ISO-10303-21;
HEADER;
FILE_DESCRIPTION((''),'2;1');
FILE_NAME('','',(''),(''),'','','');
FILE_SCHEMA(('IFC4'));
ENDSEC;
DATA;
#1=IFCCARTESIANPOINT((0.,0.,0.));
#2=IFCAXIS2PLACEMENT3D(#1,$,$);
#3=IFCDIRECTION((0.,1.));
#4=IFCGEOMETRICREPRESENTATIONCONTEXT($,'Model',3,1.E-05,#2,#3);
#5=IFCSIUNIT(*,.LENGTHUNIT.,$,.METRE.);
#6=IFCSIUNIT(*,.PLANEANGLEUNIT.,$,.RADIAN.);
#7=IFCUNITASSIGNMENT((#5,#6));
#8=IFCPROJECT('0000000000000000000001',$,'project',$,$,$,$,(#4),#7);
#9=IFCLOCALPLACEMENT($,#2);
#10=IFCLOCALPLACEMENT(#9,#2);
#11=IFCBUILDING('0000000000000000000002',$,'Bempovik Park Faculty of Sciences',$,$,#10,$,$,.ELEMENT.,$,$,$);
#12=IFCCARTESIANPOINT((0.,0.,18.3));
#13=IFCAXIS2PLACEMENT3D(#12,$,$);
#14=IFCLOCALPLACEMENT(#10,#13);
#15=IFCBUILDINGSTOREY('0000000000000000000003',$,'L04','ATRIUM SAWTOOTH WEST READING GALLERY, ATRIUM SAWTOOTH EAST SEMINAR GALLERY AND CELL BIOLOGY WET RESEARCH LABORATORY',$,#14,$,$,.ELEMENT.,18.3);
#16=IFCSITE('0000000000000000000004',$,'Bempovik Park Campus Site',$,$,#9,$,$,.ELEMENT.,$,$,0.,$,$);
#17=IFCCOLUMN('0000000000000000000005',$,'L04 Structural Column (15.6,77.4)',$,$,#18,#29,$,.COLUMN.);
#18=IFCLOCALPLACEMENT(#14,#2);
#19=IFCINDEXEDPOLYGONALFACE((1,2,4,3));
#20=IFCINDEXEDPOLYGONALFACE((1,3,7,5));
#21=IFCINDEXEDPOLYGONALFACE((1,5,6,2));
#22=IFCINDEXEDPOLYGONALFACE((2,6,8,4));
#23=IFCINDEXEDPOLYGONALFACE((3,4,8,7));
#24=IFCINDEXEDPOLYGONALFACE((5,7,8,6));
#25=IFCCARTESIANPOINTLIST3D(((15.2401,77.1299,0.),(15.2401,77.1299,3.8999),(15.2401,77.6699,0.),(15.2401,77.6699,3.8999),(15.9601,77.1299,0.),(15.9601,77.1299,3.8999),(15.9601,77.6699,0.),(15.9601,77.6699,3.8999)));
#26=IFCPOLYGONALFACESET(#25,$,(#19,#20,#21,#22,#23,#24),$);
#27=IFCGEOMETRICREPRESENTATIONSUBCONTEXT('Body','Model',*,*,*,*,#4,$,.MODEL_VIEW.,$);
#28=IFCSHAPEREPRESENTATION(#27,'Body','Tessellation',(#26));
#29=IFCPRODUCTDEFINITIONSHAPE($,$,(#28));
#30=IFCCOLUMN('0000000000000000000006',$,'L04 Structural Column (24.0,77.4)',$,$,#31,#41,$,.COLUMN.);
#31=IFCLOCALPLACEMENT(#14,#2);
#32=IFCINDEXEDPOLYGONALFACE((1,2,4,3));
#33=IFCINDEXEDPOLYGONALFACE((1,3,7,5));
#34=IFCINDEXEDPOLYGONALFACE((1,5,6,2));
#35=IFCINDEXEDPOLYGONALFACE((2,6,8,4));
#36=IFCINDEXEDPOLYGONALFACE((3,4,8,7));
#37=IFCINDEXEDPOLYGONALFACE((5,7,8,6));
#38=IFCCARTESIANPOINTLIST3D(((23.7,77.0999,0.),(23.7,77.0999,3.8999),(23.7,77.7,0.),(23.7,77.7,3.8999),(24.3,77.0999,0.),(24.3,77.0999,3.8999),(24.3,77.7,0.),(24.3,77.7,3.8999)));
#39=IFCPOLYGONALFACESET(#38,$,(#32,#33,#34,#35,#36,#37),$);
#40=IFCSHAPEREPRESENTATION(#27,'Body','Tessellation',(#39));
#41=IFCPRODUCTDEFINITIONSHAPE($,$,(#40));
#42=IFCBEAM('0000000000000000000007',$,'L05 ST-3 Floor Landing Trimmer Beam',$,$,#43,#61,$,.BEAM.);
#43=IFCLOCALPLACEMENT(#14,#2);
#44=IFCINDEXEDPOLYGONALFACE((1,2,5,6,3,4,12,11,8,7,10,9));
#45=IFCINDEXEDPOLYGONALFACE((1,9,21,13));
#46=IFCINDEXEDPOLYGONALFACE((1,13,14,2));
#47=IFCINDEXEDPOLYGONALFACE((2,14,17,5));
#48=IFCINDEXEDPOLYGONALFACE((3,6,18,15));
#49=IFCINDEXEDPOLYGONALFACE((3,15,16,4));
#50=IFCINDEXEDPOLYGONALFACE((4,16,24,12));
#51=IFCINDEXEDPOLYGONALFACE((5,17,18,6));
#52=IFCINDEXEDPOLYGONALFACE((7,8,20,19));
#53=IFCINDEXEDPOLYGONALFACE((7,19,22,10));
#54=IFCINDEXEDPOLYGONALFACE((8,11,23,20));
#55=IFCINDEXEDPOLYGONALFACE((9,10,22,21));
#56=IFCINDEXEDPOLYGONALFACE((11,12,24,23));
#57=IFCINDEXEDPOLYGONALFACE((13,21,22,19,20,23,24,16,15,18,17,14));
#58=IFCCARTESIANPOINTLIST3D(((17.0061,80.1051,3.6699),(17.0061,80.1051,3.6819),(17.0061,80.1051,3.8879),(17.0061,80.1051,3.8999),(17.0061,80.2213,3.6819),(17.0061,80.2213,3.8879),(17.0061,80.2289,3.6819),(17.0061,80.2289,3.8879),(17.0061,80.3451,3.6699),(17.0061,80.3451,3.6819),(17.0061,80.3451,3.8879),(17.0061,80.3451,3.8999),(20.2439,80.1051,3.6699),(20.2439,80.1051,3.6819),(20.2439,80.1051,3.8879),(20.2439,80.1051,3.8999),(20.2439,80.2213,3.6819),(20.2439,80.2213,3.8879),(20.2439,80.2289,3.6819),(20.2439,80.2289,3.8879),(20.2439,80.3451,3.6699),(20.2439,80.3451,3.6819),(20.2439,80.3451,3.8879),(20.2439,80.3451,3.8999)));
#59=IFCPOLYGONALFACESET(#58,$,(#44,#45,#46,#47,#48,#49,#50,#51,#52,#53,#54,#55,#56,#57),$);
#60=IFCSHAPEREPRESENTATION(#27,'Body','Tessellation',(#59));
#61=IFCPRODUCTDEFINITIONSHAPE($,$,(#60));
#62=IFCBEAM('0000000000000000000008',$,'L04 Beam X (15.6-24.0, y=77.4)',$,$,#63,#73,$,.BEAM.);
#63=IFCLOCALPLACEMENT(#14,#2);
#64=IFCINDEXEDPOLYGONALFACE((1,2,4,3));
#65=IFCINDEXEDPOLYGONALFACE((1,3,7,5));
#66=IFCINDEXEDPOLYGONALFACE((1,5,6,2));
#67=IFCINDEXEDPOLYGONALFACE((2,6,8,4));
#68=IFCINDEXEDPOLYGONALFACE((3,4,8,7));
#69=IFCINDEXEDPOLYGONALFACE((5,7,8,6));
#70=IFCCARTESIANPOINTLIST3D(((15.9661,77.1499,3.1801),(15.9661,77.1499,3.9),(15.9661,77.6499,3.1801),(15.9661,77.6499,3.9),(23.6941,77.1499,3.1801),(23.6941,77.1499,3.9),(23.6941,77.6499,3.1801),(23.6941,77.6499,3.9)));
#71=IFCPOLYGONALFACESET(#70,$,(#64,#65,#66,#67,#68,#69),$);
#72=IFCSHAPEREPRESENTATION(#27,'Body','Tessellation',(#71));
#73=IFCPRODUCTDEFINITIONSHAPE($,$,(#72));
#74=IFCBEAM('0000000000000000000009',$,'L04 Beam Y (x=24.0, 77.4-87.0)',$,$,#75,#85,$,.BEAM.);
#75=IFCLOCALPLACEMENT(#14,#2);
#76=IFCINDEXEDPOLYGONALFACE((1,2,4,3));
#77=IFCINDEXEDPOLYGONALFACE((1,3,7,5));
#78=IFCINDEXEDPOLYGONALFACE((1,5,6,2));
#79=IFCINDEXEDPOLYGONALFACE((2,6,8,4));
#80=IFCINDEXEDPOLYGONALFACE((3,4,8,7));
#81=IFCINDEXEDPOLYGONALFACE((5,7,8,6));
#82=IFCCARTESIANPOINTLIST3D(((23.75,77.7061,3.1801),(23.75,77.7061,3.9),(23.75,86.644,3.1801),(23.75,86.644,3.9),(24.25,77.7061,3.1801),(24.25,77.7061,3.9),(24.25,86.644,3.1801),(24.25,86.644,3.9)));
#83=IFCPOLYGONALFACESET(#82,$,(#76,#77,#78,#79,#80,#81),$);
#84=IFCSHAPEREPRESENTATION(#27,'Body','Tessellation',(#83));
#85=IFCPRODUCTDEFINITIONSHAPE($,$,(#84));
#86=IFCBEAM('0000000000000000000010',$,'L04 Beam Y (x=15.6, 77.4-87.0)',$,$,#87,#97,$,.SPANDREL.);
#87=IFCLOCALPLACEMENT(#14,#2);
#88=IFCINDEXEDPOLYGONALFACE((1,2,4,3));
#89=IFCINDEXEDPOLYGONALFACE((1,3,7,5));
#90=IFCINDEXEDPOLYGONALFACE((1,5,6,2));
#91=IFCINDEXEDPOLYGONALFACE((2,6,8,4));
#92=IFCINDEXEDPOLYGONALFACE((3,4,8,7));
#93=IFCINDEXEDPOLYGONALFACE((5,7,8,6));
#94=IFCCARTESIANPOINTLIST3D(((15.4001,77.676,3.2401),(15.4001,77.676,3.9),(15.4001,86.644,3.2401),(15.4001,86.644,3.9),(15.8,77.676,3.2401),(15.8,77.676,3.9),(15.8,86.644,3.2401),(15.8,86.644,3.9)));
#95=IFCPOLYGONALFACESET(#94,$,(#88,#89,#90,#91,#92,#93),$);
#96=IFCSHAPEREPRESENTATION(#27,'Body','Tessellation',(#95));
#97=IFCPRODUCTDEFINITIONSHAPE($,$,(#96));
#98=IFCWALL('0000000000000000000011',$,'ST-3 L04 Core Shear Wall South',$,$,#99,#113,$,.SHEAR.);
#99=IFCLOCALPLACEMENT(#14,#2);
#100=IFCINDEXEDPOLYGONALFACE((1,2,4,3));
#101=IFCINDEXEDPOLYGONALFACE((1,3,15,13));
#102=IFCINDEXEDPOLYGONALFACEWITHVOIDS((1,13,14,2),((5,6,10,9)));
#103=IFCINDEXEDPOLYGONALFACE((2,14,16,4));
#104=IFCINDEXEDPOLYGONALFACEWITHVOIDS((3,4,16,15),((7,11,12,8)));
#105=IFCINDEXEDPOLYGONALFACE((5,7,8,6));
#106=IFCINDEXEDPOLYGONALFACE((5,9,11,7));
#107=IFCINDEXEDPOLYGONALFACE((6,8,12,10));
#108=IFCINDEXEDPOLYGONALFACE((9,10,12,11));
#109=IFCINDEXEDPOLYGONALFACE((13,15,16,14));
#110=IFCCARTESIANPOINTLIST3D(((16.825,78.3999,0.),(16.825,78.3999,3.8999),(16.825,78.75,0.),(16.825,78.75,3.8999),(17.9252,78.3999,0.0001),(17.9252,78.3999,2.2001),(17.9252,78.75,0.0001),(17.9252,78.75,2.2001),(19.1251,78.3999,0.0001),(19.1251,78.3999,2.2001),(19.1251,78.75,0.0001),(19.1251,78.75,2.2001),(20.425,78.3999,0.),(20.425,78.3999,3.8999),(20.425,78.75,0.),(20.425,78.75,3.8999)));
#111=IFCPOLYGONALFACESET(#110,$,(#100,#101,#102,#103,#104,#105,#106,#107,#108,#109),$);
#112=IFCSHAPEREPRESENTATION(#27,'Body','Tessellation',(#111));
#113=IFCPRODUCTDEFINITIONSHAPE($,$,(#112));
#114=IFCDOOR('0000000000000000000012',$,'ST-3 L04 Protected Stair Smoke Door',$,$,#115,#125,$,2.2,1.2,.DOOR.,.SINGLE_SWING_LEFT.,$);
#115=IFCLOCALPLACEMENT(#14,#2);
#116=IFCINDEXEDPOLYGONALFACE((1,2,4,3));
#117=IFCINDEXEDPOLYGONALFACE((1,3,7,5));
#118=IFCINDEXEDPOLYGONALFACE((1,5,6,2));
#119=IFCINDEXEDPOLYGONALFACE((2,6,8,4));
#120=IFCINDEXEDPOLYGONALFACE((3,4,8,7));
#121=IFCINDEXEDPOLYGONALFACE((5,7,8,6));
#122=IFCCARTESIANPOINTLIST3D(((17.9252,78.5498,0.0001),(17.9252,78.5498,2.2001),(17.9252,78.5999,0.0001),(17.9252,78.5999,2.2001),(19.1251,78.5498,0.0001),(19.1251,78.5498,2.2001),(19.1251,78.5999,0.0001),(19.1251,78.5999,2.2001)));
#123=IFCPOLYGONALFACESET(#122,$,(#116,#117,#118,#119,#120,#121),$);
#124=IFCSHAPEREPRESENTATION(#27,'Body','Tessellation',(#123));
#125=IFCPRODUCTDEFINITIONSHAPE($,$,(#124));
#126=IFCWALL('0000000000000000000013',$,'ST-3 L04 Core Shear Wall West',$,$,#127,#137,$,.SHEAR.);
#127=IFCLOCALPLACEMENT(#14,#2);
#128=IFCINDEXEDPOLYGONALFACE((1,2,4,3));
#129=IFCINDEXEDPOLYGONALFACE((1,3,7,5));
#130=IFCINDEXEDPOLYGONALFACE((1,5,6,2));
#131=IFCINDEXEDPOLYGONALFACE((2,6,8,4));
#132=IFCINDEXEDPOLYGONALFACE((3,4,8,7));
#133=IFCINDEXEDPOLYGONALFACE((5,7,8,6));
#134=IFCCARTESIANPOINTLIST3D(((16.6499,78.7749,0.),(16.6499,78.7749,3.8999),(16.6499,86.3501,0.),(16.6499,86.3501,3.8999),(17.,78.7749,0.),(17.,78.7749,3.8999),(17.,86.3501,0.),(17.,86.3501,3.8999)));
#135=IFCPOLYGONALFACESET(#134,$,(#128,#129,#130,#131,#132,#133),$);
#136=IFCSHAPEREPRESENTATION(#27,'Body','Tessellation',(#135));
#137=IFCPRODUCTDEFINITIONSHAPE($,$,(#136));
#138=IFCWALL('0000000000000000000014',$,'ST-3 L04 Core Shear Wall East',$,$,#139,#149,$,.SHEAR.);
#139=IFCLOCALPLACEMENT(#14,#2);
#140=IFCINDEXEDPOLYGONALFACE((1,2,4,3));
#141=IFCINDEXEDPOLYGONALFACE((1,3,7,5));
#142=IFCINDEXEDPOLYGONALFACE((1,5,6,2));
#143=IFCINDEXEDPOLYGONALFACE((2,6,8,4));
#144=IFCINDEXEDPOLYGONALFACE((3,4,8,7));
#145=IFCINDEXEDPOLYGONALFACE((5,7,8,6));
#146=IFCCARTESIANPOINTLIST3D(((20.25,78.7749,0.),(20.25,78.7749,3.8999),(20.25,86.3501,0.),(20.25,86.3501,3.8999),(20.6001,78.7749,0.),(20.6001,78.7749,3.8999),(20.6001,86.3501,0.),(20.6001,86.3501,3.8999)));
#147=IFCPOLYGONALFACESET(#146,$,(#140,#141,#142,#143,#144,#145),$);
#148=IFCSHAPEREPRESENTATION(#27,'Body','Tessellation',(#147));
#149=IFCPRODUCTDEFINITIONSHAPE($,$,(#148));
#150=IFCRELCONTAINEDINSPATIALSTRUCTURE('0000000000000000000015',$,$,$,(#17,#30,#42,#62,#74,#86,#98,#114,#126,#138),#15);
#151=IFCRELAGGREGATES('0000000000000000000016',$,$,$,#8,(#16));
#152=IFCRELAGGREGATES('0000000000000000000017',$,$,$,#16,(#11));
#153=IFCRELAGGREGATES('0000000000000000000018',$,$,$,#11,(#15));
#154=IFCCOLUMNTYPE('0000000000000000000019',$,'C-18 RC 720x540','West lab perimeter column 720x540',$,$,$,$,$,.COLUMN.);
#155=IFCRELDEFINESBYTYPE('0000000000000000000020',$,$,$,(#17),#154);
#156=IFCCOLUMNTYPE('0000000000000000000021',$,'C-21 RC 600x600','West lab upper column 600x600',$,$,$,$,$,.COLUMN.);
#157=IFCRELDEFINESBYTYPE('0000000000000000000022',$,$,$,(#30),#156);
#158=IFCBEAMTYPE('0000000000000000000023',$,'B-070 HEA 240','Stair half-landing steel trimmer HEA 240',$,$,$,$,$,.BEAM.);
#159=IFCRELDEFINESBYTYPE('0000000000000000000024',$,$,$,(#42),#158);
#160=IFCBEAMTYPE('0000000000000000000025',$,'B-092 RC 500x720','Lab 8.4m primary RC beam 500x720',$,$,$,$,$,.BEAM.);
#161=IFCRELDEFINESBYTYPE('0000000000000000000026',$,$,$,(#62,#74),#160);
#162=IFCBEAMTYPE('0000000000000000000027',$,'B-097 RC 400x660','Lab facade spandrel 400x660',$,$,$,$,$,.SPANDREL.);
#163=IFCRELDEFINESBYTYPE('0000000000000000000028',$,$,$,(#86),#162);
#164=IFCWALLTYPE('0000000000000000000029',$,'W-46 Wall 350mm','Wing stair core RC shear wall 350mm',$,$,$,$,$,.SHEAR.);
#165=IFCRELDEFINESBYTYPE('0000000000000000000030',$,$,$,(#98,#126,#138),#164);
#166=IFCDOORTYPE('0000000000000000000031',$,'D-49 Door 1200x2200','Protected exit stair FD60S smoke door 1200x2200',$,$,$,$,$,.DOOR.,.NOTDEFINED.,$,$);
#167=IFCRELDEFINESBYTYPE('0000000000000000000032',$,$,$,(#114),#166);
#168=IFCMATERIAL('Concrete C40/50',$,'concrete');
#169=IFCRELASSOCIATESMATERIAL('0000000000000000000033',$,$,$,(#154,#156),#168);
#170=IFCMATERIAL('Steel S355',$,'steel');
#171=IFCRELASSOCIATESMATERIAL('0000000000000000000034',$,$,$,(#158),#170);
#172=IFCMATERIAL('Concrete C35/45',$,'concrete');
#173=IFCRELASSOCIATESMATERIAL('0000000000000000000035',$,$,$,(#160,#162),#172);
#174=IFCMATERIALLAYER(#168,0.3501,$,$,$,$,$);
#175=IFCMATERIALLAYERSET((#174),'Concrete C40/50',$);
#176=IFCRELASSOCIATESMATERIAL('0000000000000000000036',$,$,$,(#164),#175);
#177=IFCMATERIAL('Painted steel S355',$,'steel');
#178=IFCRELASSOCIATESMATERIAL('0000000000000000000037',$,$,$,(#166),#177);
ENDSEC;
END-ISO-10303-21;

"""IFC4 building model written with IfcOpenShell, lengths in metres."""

from ifc_helpers import new_model, si_unit, direction, frame, frame_2d, origin, origin_2d, place, context, subcontext, project, spatial, rectangle, i_section, extrude, material, layer, layer_set, material_profile, profile_set, type_object, element, fill, save


model = new_model("IFC4")

# Units and contexts
model_context = context("Model", 3, precision=1e-05, world=origin(), true_north=direction((0.0, 1.0)))
body_context = subcontext(model_context, "Body", "Model", "MODEL_VIEW")
ifc_project = project(units=[si_unit("LENGTHUNIT", "METRE"), si_unit("PLANEANGLEUNIT", "RADIAN")], contexts=[model_context])

# Site, building, storey
site_placement = place(None, origin())
site = spatial("IfcSite", under=ifc_project, at=site_placement, Name="Bempovik Park Campus Site", CompositionType="ELEMENT", RefElevation=0.0)
building_placement = place(site_placement, origin())
building = spatial("IfcBuilding", under=site, at=building_placement, Name="Bempovik Park Faculty of Sciences", CompositionType="ELEMENT")
storey_placement = place(building_placement, frame((0.0, 0.0, 18.3)))
storey = spatial("IfcBuildingStorey", under=building, at=storey_placement, Name="L04", Description="ATRIUM SAWTOOTH WEST READING GALLERY, ATRIUM SAWTOOTH EAST SEMINAR GALLERY AND CELL BIOLOGY WET RESEARCH LABORATORY", CompositionType="ELEMENT", Elevation=18.3)

# Columns
ifc_material_1 = material(Name="Concrete C40/50", Category="concrete")
ifc_material_profile_1 = material_profile(ifc_material_1, rectangle(XDim=0.72, YDim=0.54, at=origin_2d()), Name="RC 720x540")
ifc_profile_set_1 = profile_set([ifc_material_profile_1], Name="Concrete C40/50")
column_type_1 = type_object("IfcColumnType", Name="C-18 RC 720x540", Description="West lab perimeter column 720x540", PredefinedType="COLUMN", material=ifc_profile_set_1)
column_1_placement = place(storey_placement, frame((15.6001, 77.3999, 0.0), z_axis=(0.0, 0.0, 1.0), x_axis=(1.0, 0.0, 0.0)))
element("IfcColumn", 1, at=column_1_placement, inside=storey, type_object=column_type_1, Name="L04 Structural Column (15.6,77.4)", PredefinedType="COLUMN", context=body_context, shape_type="SweptSolid", body=[
    extrude(rectangle(XDim=0.72, YDim=0.54, at=origin_2d()), origin(), (0.0, 0.0, 1.0), 3.8999),
])
ifc_material_profile_2 = material_profile(ifc_material_1, rectangle(XDim=0.6001, YDim=0.6001, at=origin_2d()), Name="RC 600x600")
ifc_profile_set_2 = profile_set([ifc_material_profile_2], Name="Concrete C40/50")
column_type_2 = type_object("IfcColumnType", Name="C-21 RC 600x600", Description="West lab upper column 600x600", PredefinedType="COLUMN", material=ifc_profile_set_2)
column_2_placement = place(storey_placement, frame((24.0, 77.3999, 0.0), z_axis=(0.0, 0.0, 1.0), x_axis=(1.0, 0.0, 0.0)))
element("IfcColumn", 2, at=column_2_placement, inside=storey, type_object=column_type_2, Name="L04 Structural Column (24.0,77.4)", PredefinedType="COLUMN", context=body_context, shape_type="SweptSolid", body=[
    extrude(rectangle(XDim=0.6001, YDim=0.6001, at=origin_2d()), origin(), (0.0, 0.0, 1.0), 3.8999),
])

# Beams
ifc_material_2 = material(Name="Steel S355", Category="steel")
ifc_material_profile_3 = material_profile(ifc_material_2, i_section(OverallWidth=0.24, OverallDepth=0.23, WebThickness=0.0076, FlangeThickness=0.012, at=origin_2d()), Name="HEA 240")
ifc_profile_set_3 = profile_set([ifc_material_profile_3], Name="Steel S355")
beam_type_1 = type_object("IfcBeamType", Name="B-070 HEA 240", Description="Stair half-landing steel trimmer HEA 240", PredefinedType="BEAM", material=ifc_profile_set_3)
beam_1_placement = place(storey_placement, frame((17.0061, 80.2251, 3.7849), z_axis=(1.0, 0.0, 0.0), x_axis=(0.0, 1.0, 0.0)))
element("IfcBeam", 3, at=beam_1_placement, inside=storey, type_object=beam_type_1, Name="L05 ST-3 Floor Landing Trimmer Beam", PredefinedType="BEAM", context=body_context, shape_type="SweptSolid", body=[
    extrude(i_section(OverallWidth=0.24, OverallDepth=0.23, WebThickness=0.0076, FlangeThickness=0.012, at=origin_2d()), origin(), (0.0, 0.0, 1.0), 3.2378),
])
ifc_material_3 = material(Name="Concrete C35/45", Category="concrete")
ifc_material_profile_4 = material_profile(ifc_material_3, rectangle(XDim=0.5, YDim=0.72, at=origin_2d()), Name="RC 500x720")
ifc_profile_set_4 = profile_set([ifc_material_profile_4], Name="Concrete C35/45")
beam_type_2 = type_object("IfcBeamType", Name="B-092 RC 500x720", Description="Lab 8.4m primary RC beam 500x720", PredefinedType="BEAM", material=ifc_profile_set_4)
beam_2_placement = place(storey_placement, frame((15.9661, 77.3999, 3.54), z_axis=(1.0, 0.0, 0.0), x_axis=(0.0, 1.0, 0.0)))
element("IfcBeam", 4, at=beam_2_placement, inside=storey, type_object=beam_type_2, Name="L04 Beam X (15.6-24.0, y=77.4)", PredefinedType="BEAM", context=body_context, shape_type="SweptSolid", body=[
    extrude(rectangle(XDim=0.5, YDim=0.72, at=origin_2d()), origin(), (0.0, 0.0, 1.0), 7.728),
])
beam_3_placement = place(storey_placement, frame((24.0, 77.7061, 3.54), z_axis=(0.0, 1.0, 0.0), x_axis=(-1.0, 0.0, 0.0)))
element("IfcBeam", 5, at=beam_3_placement, inside=storey, type_object=beam_type_2, Name="L04 Beam Y (x=24.0, 77.4-87.0)", PredefinedType="BEAM", context=body_context, shape_type="SweptSolid", body=[
    extrude(rectangle(XDim=0.5, YDim=0.72, at=origin_2d()), origin(), (0.0, 0.0, 1.0), 8.938),
])
ifc_material_profile_5 = material_profile(ifc_material_3, rectangle(XDim=0.3999, YDim=0.6599, at=origin_2d()), Name="RC 400x660")
ifc_profile_set_5 = profile_set([ifc_material_profile_5], Name="Concrete C35/45")
beam_type_3 = type_object("IfcBeamType", Name="B-097 RC 400x660", Description="Lab facade spandrel 400x660", PredefinedType="SPANDREL", material=ifc_profile_set_5)
beam_4_placement = place(storey_placement, frame((15.6001, 77.676, 3.5701), z_axis=(0.0, 1.0, 0.0), x_axis=(-1.0, 0.0, 0.0)))
element("IfcBeam", 6, at=beam_4_placement, inside=storey, type_object=beam_type_3, Name="L04 Beam Y (x=15.6, 77.4-87.0)", PredefinedType="SPANDREL", context=body_context, shape_type="SweptSolid", body=[
    extrude(rectangle(XDim=0.3999, YDim=0.6599, at=origin_2d()), origin(), (0.0, 0.0, 1.0), 8.968),
])

# Wall, opening, door
ifc_layer_1 = layer(ifc_material_1, 0.3501)
ifc_layer_set_1 = layer_set([ifc_layer_1], Name="Concrete C40/50")
wall_type_1 = type_object("IfcWallType", Name="W-46 Wall 350mm", Description="Wing stair core RC shear wall 350mm", PredefinedType="SHEAR", material=ifc_layer_set_1)
wall_1_placement = place(storey_placement, frame((16.825, 78.575, 0.0), z_axis=(0.0, 0.0, 1.0), x_axis=(1.0, 0.0, 0.0)))
wall_1 = element("IfcWall", 7, at=wall_1_placement, inside=storey, type_object=wall_type_1, Name="ST-3 L04 Core Shear Wall South", PredefinedType="SHEAR", context=body_context, shape_type="SweptSolid", body=[
    extrude(rectangle(XDim=3.6001, YDim=0.3501, at=frame_2d((1.8, 0.0))), origin(), (0.0, 0.0, 1.0), 3.8999),
])
opening_1_placement = place(wall_1_placement, frame((1.1001, 0.0, 0.0)))
opening_1 = element("IfcOpeningElement", 8, at=opening_1_placement, cuts=wall_1, PredefinedType="OPENING", context=body_context, shape_type="SweptSolid", body=[
    extrude(rectangle(XDim=1.2, YDim=2.2, at=frame_2d((0.6001, 1.1001))), frame((0.0, 0.1851, 0.0), z_axis=(0.0, -1.0, 0.0), x_axis=(1.0, 0.0, 0.0)), (0.0, 0.0, 1.0), 0.3701),
])
ifc_material_4 = material(Name="Painted steel S355", Category="steel")
door_type = type_object("IfcDoorType", Name="D-49 Door 1200x2200", Description="Protected exit stair FD60S smoke door 1200x2200", OperationType="NOTDEFINED", PredefinedType="DOOR", material=ifc_material_4)
door_placement = place(opening_1_placement, origin())
door = element("IfcDoor", 9, at=door_placement, inside=storey, type_object=door_type, Name="ST-3 L04 Protected Stair Smoke Door", OperationType="SINGLE_SWING_LEFT", OverallHeight=2.2, OverallWidth=1.2, PredefinedType="DOOR", context=body_context, shape_type="SweptSolid", body=[
    extrude(rectangle(XDim=1.2, YDim=2.2, at=frame_2d((0.6001, 1.1001))), frame((0.0, 0.0249, 0.0), z_axis=(0.0, -1.0, 0.0), x_axis=(1.0, 0.0, 0.0)), (0.0, 0.0, 1.0), 0.05),
])
fill(opening_1, door)

# Walls
for number, where, z_axis, x_axis, name in (
    (10, (16.825, 78.7749, 0.0), (0.0, 0.0, 1.0), (0.0, 1.0, 0.0), "ST-3 L04 Core Shear Wall West"),
    (11, (20.425, 78.7749, 0.0), (0.0, 0.0, 1.0), (0.0, 1.0, 0.0), "ST-3 L04 Core Shear Wall East"),
):
    element("IfcWall", number, at=place(storey_placement, frame(where, z_axis=z_axis, x_axis=x_axis)), inside=storey, type_object=wall_type_1, Name=name, PredefinedType="SHEAR", context=body_context, shape_type="SweptSolid", body=[
        extrude(rectangle(XDim=7.5752, YDim=0.3501, at=frame_2d((3.7876, 0.0))), origin(), (0.0, 0.0, 1.0), 3.8999),
    ])

save(model, "model.ifc")
